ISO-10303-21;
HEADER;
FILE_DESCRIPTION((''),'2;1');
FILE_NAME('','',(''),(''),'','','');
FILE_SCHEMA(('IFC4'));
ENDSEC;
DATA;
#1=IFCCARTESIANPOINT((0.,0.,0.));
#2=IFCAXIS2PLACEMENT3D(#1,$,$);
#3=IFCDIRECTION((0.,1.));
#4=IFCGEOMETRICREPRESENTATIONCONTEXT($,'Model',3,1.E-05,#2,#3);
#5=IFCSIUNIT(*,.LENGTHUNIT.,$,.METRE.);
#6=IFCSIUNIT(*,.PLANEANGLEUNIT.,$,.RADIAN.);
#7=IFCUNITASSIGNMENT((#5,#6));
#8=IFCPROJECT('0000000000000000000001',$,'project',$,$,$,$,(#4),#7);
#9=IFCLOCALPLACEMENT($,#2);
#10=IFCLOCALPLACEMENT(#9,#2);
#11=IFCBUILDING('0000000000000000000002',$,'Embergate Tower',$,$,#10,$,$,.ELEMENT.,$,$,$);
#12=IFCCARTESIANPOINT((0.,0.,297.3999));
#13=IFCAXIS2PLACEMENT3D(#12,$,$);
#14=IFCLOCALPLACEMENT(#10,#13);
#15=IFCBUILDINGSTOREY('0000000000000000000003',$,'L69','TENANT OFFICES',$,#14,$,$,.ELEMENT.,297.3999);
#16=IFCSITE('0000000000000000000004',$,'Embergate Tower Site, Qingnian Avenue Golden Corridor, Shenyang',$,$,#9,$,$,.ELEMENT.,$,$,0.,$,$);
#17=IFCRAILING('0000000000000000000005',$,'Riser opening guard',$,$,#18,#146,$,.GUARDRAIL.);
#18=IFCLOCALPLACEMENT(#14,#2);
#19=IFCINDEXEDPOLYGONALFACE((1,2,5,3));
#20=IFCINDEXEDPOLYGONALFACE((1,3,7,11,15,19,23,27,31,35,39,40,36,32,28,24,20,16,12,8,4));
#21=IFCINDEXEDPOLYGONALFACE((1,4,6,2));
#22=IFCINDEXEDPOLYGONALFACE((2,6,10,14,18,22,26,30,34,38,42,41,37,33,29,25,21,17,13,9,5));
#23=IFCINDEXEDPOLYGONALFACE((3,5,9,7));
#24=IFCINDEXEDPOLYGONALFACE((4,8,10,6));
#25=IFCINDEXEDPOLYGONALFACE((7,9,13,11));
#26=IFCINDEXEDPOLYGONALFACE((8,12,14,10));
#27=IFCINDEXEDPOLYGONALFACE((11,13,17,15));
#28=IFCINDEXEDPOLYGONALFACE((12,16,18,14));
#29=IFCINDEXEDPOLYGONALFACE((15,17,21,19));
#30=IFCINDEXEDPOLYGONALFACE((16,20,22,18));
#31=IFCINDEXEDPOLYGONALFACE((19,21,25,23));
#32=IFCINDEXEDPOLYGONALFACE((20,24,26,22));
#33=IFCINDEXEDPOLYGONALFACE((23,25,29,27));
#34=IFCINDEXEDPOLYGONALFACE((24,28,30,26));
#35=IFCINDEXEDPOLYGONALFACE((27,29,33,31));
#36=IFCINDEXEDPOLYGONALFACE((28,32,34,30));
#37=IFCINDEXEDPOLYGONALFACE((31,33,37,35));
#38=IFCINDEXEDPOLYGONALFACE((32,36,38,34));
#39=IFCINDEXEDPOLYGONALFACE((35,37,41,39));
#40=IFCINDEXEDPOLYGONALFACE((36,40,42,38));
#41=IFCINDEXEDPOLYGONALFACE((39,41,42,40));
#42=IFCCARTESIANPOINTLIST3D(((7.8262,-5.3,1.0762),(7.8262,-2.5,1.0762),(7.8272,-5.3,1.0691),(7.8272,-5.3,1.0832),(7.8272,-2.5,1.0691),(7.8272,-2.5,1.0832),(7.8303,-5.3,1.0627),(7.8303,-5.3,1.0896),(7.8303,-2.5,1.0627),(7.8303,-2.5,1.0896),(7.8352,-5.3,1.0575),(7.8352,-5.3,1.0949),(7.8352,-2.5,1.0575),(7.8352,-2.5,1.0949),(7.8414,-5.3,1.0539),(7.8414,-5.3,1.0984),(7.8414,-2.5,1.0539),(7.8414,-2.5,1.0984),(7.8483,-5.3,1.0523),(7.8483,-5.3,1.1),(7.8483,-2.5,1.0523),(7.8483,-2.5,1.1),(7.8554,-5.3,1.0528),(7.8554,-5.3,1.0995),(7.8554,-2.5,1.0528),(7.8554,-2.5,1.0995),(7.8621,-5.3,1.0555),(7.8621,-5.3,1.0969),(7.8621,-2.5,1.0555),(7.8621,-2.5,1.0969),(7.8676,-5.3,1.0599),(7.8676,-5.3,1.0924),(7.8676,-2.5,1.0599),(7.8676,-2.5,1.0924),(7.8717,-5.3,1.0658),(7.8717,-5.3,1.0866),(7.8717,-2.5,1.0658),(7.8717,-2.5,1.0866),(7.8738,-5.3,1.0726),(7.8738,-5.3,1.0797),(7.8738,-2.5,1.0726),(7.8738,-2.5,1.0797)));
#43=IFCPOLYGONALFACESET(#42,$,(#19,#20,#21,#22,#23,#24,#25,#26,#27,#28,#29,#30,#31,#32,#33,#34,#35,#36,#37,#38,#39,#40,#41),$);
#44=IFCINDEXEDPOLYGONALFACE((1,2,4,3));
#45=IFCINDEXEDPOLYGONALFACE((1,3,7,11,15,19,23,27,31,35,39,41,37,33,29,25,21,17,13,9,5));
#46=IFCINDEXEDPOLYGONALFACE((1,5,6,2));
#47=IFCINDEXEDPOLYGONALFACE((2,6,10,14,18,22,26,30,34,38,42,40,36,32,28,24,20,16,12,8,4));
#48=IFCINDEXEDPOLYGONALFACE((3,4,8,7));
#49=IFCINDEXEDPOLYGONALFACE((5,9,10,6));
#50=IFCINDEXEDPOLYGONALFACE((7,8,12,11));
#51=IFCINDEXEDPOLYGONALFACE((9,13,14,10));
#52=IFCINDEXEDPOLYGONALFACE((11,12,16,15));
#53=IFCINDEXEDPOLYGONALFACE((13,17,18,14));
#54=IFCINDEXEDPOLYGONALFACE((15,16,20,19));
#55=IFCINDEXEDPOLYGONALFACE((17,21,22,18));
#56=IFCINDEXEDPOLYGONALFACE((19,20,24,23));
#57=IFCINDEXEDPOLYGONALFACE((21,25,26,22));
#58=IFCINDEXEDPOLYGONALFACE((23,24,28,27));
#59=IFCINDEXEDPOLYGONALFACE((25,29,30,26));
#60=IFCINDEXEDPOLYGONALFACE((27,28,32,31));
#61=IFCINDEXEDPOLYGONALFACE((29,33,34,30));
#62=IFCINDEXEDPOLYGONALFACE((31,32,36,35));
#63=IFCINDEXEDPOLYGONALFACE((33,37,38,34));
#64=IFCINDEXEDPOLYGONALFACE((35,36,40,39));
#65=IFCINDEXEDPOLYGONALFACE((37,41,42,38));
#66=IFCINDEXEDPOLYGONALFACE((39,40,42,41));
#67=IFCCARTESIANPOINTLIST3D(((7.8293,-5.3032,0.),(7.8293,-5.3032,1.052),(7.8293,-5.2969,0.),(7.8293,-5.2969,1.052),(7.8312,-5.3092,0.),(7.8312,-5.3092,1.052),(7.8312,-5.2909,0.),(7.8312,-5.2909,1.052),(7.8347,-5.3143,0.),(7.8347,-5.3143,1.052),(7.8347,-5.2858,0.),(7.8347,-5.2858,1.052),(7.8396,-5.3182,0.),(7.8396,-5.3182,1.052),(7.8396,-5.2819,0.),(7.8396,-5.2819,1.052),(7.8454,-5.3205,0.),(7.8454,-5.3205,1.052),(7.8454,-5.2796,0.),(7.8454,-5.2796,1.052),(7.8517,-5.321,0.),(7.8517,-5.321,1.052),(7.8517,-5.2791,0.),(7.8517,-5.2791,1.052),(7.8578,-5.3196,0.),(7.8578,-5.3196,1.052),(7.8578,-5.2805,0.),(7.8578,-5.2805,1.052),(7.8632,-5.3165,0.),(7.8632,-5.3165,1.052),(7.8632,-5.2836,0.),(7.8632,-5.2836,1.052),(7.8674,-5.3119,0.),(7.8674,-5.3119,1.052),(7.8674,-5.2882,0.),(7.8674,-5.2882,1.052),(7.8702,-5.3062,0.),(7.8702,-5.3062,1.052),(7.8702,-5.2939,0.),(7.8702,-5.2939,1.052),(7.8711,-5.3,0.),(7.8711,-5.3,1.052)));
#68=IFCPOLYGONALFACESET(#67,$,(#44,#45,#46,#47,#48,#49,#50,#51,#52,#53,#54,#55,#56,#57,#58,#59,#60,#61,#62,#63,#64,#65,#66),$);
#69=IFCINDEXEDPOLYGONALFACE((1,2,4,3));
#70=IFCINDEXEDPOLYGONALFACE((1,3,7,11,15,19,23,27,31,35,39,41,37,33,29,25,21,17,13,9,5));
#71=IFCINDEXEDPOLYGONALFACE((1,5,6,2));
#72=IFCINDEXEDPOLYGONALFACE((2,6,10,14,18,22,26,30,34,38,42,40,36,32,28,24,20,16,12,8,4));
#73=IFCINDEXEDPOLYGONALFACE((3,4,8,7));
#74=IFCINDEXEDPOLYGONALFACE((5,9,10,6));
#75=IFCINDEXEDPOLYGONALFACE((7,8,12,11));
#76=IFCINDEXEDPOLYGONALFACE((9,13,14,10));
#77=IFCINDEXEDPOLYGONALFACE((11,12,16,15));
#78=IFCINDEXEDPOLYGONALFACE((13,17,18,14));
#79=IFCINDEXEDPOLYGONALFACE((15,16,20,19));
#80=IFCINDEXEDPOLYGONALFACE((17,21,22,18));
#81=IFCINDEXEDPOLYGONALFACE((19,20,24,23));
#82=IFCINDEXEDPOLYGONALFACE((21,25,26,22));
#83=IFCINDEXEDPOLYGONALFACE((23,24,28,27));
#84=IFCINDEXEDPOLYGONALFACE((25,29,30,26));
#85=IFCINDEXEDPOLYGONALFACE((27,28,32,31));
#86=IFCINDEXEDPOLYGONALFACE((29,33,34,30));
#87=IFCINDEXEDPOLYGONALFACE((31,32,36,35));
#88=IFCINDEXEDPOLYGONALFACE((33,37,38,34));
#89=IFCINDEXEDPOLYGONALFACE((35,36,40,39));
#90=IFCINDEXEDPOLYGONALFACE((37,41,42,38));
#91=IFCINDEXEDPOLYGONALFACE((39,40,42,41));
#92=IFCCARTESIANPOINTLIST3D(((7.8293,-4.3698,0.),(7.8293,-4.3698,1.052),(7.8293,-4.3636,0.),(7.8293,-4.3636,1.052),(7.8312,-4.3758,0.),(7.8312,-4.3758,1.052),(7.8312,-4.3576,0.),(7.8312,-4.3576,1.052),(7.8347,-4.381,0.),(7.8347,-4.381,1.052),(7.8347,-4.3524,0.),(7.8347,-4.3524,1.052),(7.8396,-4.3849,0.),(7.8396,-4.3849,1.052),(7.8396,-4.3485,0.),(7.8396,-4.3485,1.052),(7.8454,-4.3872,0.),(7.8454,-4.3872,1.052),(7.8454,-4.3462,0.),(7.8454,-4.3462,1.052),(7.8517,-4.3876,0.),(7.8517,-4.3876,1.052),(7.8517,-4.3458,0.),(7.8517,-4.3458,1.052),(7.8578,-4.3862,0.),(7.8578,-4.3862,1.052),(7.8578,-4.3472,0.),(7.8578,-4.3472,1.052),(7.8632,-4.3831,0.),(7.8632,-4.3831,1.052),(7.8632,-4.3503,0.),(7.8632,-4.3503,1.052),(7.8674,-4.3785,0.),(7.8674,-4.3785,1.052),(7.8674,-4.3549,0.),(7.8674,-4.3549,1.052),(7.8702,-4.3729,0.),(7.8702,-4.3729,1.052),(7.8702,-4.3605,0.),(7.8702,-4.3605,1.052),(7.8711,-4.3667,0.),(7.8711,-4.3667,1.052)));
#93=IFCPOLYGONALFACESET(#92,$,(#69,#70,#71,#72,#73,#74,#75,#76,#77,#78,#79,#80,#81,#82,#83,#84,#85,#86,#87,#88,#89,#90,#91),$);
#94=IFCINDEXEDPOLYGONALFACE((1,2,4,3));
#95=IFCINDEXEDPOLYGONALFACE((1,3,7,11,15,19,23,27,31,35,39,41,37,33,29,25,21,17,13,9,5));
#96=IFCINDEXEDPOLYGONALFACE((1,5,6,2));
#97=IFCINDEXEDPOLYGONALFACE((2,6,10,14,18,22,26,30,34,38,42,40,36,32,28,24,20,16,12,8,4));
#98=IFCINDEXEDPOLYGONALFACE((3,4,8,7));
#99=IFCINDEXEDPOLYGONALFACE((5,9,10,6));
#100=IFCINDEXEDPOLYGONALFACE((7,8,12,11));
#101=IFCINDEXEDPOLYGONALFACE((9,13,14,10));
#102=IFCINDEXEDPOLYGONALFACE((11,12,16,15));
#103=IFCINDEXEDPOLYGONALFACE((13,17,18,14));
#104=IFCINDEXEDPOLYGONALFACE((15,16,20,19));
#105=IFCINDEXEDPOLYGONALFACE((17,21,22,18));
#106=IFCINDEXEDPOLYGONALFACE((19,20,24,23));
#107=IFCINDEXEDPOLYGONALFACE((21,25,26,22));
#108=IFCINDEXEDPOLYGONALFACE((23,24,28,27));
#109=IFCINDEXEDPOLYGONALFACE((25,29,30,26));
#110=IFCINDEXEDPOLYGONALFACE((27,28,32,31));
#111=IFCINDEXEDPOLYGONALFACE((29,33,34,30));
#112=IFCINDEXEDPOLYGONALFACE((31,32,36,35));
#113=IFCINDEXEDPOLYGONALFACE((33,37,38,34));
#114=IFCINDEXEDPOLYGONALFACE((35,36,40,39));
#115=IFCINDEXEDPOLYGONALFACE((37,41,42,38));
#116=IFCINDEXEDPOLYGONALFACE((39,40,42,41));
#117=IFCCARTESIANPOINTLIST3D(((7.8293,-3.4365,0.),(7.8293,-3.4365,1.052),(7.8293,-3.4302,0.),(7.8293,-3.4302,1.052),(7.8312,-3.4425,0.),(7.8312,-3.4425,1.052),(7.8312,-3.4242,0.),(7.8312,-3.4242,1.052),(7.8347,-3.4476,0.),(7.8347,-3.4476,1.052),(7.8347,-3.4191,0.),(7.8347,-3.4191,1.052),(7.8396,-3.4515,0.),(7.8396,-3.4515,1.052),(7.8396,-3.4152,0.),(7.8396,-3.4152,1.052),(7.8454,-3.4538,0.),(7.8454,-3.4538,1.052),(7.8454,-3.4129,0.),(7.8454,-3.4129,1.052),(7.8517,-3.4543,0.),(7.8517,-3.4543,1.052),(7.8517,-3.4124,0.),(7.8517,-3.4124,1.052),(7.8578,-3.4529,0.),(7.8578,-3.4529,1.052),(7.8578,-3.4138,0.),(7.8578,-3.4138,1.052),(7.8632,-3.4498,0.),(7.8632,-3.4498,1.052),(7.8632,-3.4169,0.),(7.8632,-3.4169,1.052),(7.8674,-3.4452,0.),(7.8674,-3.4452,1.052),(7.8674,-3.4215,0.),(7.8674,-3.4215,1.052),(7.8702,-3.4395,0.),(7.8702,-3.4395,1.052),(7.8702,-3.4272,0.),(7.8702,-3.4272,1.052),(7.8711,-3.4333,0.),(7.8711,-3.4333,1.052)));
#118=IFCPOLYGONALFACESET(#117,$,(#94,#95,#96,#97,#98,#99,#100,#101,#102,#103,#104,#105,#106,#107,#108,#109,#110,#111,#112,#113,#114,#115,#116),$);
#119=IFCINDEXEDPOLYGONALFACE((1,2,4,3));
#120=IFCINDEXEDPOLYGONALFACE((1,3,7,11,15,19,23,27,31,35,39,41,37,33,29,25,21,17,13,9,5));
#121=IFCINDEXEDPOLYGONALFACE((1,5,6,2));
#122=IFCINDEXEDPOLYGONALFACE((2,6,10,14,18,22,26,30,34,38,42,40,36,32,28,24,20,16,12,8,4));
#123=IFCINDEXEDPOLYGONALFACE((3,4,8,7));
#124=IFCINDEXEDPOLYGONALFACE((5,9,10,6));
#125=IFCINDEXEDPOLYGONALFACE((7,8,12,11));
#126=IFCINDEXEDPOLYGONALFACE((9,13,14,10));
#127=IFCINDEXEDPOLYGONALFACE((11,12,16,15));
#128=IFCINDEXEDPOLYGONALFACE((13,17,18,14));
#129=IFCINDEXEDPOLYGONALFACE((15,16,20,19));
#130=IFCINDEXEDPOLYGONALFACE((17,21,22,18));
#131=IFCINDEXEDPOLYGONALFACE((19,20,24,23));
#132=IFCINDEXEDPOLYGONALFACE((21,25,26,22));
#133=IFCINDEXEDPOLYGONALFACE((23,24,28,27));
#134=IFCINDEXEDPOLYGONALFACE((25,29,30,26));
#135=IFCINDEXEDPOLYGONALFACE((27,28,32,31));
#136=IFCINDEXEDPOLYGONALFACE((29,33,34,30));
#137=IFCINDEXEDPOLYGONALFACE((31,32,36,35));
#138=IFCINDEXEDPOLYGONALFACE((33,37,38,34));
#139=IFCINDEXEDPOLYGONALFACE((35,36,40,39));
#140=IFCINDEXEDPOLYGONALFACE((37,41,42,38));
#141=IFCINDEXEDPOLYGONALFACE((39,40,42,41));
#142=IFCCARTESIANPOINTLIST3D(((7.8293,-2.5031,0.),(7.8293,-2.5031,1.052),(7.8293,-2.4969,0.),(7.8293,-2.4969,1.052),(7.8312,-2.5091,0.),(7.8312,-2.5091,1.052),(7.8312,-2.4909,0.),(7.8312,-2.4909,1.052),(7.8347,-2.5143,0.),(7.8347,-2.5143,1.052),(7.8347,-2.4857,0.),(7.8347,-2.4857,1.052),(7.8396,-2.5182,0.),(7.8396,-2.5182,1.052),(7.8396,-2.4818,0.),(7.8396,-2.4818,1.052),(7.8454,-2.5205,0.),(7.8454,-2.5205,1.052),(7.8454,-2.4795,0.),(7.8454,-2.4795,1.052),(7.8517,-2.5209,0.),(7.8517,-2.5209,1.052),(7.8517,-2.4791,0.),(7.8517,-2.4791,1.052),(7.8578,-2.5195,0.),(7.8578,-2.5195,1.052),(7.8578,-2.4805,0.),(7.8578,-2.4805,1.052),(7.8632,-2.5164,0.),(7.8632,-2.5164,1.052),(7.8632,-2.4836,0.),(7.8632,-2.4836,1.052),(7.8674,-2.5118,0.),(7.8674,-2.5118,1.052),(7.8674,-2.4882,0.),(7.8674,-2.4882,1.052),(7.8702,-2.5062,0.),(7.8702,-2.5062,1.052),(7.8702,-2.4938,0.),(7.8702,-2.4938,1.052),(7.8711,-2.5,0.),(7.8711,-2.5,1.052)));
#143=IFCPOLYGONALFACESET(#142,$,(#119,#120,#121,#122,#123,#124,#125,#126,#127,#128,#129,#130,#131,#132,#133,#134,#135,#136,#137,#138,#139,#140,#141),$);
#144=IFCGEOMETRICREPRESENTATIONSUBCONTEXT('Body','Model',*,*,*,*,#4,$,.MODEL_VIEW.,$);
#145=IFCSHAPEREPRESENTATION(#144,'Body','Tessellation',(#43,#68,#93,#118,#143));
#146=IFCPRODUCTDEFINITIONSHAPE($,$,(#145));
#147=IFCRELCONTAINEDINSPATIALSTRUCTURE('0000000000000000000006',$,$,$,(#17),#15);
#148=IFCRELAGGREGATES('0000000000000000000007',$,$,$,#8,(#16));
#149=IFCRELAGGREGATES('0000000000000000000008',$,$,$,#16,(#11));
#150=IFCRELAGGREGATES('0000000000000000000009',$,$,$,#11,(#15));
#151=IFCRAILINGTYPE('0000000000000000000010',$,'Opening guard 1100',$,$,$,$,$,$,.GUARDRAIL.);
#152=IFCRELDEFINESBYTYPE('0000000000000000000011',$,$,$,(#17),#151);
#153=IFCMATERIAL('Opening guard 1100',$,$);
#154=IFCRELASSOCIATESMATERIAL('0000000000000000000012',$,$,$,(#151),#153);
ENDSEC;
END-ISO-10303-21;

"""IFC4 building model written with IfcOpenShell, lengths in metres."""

from ifc_helpers import new_model, si_unit, direction, frame, origin, origin_2d, place, context, subcontext, project, spatial, circle, extrude, source, transform, mapped, material, type_object, element, save


model = new_model("IFC4")

# Units and contexts
model_context = context("Model", 3, precision=1e-05, world=origin(), true_north=direction((0.0, 1.0)))
body_context = subcontext(model_context, "Body", "Model", "MODEL_VIEW")
ifc_project = project(units=[si_unit("LENGTHUNIT", "METRE"), si_unit("PLANEANGLEUNIT", "RADIAN")], contexts=[model_context])

# Site, building, storey
site_placement = place(None, origin())
site = spatial("IfcSite", under=ifc_project, at=site_placement, Name="Embergate Tower Site, Qingnian Avenue Golden Corridor, Shenyang", CompositionType="ELEMENT", RefElevation=0.0)
building_placement = place(site_placement, origin())
building = spatial("IfcBuilding", under=site, at=building_placement, Name="Embergate Tower", CompositionType="ELEMENT")
storey_placement = place(building_placement, frame((0.0, 0.0, 297.3999)))
storey = spatial("IfcBuildingStorey", under=building, at=storey_placement, Name="L69", Description="TENANT OFFICES", CompositionType="ELEMENT", Elevation=297.3999)

# Railing
ifc_material_1 = material(Name="Opening guard 1100")
railing_type_1 = type_object("IfcRailingType", Name="Opening guard 1100", PredefinedType="GUARDRAIL", material=ifc_material_1)
shared_shape_1 = source(origin(), body_context, "Body", "SweptSolid", [
    extrude(circle(Radius=0.0239, at=origin_2d()), frame((0.0, 0.0, 1.0762), z_axis=(0.0, 1.0, 0.0), x_axis=(-1.0, 0.0, 0.0)), (0.0, 0.0, 1.0), 2.8),
    extrude(circle(Radius=0.021, at=origin_2d()), origin(), (0.0, 0.0, 1.0), 1.052),
    extrude(circle(Radius=0.021, at=origin_2d()), frame((0.0, 0.9333, 0.0)), (0.0, 0.0, 1.0), 1.052),
    extrude(circle(Radius=0.021, at=origin_2d()), frame((0.0, 1.8667, 0.0)), (0.0, 0.0, 1.0), 1.052),
    extrude(circle(Radius=0.021, at=origin_2d()), frame((0.0, 2.8, 0.0)), (0.0, 0.0, 1.0), 1.052),
])
railing_1_placement = place(storey_placement, frame((7.8501, -5.3, 0.0)))
element("IfcRailing", 1, at=railing_1_placement, inside=storey, type_object=railing_type_1, Name="Riser opening guard", PredefinedType="GUARDRAIL", context=body_context, shape_type="MappedRepresentation", body=[
    mapped(shared_shape_1, transform((0.0, 0.0, 0.0))),
])

save(model, "model.ifc")
